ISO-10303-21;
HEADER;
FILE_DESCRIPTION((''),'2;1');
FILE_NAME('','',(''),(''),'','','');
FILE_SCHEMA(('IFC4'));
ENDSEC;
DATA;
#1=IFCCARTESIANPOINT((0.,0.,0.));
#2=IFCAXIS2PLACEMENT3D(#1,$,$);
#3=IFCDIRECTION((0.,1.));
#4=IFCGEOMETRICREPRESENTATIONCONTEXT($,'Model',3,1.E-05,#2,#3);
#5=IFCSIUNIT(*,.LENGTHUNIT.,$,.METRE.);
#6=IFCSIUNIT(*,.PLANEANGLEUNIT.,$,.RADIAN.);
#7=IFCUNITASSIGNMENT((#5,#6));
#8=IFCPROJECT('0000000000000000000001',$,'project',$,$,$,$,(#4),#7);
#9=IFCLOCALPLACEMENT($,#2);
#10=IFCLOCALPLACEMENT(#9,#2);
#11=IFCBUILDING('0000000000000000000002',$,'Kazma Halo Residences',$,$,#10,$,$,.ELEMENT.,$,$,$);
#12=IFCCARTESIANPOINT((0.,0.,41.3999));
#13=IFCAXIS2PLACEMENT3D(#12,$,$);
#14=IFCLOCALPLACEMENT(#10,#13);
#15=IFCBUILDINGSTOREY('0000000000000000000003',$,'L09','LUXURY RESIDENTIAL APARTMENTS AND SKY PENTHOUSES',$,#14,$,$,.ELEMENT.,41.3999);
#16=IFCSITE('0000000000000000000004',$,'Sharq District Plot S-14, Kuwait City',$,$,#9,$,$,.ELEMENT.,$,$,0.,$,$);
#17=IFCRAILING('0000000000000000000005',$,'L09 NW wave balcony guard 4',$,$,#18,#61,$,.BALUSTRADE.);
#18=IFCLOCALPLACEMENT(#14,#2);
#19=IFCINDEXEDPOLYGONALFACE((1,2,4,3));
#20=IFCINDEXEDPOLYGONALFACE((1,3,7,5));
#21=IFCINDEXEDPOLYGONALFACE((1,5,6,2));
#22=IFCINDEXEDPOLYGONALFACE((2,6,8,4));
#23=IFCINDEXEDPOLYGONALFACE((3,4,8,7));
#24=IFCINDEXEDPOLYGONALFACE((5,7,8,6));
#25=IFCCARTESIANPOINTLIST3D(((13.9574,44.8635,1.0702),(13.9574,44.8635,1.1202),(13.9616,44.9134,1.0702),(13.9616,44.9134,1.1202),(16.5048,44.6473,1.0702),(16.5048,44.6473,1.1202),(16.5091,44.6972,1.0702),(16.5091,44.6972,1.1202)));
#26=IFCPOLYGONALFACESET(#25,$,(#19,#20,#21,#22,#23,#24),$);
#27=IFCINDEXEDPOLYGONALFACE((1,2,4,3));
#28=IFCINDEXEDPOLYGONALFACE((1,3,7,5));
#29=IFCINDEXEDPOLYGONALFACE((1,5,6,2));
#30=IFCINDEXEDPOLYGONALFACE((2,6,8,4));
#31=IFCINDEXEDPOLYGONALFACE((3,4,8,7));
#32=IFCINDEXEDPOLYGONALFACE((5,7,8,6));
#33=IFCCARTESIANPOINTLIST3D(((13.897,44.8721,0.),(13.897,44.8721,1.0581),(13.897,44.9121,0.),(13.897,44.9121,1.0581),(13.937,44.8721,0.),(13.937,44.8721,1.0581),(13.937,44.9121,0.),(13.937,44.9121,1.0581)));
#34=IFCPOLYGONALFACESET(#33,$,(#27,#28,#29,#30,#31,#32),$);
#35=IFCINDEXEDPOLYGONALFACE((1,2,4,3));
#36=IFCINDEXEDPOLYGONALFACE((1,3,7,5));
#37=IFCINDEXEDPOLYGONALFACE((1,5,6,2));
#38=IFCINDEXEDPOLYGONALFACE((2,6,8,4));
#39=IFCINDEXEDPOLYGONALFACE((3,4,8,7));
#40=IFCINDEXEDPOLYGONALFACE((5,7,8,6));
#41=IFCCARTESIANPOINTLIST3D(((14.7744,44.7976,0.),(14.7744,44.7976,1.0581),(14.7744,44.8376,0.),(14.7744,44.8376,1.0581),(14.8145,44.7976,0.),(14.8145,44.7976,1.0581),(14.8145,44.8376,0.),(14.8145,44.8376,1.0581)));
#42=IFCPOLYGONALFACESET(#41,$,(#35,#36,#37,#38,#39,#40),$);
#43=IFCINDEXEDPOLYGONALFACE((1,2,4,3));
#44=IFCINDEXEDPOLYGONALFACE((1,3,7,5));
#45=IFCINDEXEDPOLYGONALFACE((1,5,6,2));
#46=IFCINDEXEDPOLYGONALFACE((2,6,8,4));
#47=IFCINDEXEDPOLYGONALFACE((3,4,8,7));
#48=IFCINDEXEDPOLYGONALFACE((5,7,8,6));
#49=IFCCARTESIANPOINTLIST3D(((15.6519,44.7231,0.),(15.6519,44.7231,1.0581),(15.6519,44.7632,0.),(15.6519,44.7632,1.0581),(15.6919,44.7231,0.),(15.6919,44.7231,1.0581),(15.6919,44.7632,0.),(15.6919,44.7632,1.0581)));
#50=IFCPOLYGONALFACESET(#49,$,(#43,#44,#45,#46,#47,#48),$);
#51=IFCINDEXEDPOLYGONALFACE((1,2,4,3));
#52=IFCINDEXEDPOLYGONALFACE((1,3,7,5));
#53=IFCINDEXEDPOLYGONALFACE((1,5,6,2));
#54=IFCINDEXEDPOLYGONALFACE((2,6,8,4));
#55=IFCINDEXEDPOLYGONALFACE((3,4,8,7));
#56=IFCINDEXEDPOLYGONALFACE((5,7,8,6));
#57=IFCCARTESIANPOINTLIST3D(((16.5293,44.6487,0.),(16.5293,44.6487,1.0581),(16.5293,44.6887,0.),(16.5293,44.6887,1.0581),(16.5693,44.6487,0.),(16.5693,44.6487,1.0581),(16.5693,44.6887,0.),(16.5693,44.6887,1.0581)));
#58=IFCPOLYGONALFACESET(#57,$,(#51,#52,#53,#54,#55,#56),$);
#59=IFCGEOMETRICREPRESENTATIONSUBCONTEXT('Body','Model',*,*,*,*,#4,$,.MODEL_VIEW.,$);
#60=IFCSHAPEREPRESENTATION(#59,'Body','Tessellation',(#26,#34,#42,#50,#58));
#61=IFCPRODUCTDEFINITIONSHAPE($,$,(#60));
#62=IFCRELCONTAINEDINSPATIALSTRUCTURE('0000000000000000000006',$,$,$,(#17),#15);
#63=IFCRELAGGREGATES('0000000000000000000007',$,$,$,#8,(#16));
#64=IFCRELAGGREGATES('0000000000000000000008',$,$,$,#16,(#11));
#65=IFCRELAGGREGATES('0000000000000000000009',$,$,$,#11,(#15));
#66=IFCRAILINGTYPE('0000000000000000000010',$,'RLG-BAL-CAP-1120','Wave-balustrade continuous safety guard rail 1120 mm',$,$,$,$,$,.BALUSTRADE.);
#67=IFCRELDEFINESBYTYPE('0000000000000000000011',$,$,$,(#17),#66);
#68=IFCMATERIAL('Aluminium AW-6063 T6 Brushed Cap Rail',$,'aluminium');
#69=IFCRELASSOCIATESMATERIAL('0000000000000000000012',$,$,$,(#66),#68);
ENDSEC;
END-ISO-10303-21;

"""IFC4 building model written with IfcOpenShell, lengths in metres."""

from ifc_helpers import new_model, si_unit, direction, frame, origin, origin_2d, place, context, subcontext, project, spatial, rectangle, extrude, material, type_object, element, save


model = new_model("IFC4")

# Units and contexts
model_context = context("Model", 3, precision=1e-05, world=origin(), true_north=direction((0.0, 1.0)))
body_context = subcontext(model_context, "Body", "Model", "MODEL_VIEW")
ifc_project = project(units=[si_unit("LENGTHUNIT", "METRE"), si_unit("PLANEANGLEUNIT", "RADIAN")], contexts=[model_context])

# Site, building, storey
site_placement = place(None, origin())
site = spatial("IfcSite", under=ifc_project, at=site_placement, Name="Sharq District Plot S-14, Kuwait City", CompositionType="ELEMENT", RefElevation=0.0)
building_placement = place(site_placement, origin())
building = spatial("IfcBuilding", under=site, at=building_placement, Name="Kazma Halo Residences", CompositionType="ELEMENT")
storey_placement = place(building_placement, frame((0.0, 0.0, 41.3999)))
storey = spatial("IfcBuildingStorey", under=building, at=storey_placement, Name="L09", Description="LUXURY RESIDENTIAL APARTMENTS AND SKY PENTHOUSES", CompositionType="ELEMENT", Elevation=41.3999)

# Railing
ifc_material_1 = material(Name="Aluminium AW-6063 T6 Brushed Cap Rail", Category="aluminium")
railing_type = type_object("IfcRailingType", Name="RLG-BAL-CAP-1120", Description="Wave-balustrade continuous safety guard rail 1120 mm", PredefinedType="BALUSTRADE", material=ifc_material_1)
railing_placement = place(storey_placement, frame((13.917, 44.8921, 0.0)))
element("IfcRailing", 1, at=railing_placement, inside=storey, type_object=railing_type, Name="L09 NW wave balcony guard 4", PredefinedType="BALUSTRADE", context=body_context, shape_type="SweptSolid", body=[
    extrude(rectangle(XDim=0.05, YDim=0.05, at=origin_2d()), frame((0.0425, -0.0037, 1.0952), z_axis=(0.996418, -0.08456, 0.0), x_axis=(0.08456, 0.996418, 0.0)), (0.0, 0.0, 1.0), 2.5566),
    extrude(rectangle(XDim=0.04, YDim=0.04, at=origin_2d()), origin(), (0.0, 0.0, 1.0), 1.0581),
    extrude(rectangle(XDim=0.04, YDim=0.04, at=origin_2d()), frame((0.8774, -0.0745, 0.0)), (0.0, 0.0, 1.0), 1.0581),
    extrude(rectangle(XDim=0.04, YDim=0.04, at=origin_2d()), frame((1.7549, -0.1489, 0.0)), (0.0, 0.0, 1.0), 1.0581),
    extrude(rectangle(XDim=0.04, YDim=0.04, at=origin_2d()), frame((2.6323, -0.2234, 0.0)), (0.0, 0.0, 1.0), 1.0581),
])

save(model, "model.ifc")
